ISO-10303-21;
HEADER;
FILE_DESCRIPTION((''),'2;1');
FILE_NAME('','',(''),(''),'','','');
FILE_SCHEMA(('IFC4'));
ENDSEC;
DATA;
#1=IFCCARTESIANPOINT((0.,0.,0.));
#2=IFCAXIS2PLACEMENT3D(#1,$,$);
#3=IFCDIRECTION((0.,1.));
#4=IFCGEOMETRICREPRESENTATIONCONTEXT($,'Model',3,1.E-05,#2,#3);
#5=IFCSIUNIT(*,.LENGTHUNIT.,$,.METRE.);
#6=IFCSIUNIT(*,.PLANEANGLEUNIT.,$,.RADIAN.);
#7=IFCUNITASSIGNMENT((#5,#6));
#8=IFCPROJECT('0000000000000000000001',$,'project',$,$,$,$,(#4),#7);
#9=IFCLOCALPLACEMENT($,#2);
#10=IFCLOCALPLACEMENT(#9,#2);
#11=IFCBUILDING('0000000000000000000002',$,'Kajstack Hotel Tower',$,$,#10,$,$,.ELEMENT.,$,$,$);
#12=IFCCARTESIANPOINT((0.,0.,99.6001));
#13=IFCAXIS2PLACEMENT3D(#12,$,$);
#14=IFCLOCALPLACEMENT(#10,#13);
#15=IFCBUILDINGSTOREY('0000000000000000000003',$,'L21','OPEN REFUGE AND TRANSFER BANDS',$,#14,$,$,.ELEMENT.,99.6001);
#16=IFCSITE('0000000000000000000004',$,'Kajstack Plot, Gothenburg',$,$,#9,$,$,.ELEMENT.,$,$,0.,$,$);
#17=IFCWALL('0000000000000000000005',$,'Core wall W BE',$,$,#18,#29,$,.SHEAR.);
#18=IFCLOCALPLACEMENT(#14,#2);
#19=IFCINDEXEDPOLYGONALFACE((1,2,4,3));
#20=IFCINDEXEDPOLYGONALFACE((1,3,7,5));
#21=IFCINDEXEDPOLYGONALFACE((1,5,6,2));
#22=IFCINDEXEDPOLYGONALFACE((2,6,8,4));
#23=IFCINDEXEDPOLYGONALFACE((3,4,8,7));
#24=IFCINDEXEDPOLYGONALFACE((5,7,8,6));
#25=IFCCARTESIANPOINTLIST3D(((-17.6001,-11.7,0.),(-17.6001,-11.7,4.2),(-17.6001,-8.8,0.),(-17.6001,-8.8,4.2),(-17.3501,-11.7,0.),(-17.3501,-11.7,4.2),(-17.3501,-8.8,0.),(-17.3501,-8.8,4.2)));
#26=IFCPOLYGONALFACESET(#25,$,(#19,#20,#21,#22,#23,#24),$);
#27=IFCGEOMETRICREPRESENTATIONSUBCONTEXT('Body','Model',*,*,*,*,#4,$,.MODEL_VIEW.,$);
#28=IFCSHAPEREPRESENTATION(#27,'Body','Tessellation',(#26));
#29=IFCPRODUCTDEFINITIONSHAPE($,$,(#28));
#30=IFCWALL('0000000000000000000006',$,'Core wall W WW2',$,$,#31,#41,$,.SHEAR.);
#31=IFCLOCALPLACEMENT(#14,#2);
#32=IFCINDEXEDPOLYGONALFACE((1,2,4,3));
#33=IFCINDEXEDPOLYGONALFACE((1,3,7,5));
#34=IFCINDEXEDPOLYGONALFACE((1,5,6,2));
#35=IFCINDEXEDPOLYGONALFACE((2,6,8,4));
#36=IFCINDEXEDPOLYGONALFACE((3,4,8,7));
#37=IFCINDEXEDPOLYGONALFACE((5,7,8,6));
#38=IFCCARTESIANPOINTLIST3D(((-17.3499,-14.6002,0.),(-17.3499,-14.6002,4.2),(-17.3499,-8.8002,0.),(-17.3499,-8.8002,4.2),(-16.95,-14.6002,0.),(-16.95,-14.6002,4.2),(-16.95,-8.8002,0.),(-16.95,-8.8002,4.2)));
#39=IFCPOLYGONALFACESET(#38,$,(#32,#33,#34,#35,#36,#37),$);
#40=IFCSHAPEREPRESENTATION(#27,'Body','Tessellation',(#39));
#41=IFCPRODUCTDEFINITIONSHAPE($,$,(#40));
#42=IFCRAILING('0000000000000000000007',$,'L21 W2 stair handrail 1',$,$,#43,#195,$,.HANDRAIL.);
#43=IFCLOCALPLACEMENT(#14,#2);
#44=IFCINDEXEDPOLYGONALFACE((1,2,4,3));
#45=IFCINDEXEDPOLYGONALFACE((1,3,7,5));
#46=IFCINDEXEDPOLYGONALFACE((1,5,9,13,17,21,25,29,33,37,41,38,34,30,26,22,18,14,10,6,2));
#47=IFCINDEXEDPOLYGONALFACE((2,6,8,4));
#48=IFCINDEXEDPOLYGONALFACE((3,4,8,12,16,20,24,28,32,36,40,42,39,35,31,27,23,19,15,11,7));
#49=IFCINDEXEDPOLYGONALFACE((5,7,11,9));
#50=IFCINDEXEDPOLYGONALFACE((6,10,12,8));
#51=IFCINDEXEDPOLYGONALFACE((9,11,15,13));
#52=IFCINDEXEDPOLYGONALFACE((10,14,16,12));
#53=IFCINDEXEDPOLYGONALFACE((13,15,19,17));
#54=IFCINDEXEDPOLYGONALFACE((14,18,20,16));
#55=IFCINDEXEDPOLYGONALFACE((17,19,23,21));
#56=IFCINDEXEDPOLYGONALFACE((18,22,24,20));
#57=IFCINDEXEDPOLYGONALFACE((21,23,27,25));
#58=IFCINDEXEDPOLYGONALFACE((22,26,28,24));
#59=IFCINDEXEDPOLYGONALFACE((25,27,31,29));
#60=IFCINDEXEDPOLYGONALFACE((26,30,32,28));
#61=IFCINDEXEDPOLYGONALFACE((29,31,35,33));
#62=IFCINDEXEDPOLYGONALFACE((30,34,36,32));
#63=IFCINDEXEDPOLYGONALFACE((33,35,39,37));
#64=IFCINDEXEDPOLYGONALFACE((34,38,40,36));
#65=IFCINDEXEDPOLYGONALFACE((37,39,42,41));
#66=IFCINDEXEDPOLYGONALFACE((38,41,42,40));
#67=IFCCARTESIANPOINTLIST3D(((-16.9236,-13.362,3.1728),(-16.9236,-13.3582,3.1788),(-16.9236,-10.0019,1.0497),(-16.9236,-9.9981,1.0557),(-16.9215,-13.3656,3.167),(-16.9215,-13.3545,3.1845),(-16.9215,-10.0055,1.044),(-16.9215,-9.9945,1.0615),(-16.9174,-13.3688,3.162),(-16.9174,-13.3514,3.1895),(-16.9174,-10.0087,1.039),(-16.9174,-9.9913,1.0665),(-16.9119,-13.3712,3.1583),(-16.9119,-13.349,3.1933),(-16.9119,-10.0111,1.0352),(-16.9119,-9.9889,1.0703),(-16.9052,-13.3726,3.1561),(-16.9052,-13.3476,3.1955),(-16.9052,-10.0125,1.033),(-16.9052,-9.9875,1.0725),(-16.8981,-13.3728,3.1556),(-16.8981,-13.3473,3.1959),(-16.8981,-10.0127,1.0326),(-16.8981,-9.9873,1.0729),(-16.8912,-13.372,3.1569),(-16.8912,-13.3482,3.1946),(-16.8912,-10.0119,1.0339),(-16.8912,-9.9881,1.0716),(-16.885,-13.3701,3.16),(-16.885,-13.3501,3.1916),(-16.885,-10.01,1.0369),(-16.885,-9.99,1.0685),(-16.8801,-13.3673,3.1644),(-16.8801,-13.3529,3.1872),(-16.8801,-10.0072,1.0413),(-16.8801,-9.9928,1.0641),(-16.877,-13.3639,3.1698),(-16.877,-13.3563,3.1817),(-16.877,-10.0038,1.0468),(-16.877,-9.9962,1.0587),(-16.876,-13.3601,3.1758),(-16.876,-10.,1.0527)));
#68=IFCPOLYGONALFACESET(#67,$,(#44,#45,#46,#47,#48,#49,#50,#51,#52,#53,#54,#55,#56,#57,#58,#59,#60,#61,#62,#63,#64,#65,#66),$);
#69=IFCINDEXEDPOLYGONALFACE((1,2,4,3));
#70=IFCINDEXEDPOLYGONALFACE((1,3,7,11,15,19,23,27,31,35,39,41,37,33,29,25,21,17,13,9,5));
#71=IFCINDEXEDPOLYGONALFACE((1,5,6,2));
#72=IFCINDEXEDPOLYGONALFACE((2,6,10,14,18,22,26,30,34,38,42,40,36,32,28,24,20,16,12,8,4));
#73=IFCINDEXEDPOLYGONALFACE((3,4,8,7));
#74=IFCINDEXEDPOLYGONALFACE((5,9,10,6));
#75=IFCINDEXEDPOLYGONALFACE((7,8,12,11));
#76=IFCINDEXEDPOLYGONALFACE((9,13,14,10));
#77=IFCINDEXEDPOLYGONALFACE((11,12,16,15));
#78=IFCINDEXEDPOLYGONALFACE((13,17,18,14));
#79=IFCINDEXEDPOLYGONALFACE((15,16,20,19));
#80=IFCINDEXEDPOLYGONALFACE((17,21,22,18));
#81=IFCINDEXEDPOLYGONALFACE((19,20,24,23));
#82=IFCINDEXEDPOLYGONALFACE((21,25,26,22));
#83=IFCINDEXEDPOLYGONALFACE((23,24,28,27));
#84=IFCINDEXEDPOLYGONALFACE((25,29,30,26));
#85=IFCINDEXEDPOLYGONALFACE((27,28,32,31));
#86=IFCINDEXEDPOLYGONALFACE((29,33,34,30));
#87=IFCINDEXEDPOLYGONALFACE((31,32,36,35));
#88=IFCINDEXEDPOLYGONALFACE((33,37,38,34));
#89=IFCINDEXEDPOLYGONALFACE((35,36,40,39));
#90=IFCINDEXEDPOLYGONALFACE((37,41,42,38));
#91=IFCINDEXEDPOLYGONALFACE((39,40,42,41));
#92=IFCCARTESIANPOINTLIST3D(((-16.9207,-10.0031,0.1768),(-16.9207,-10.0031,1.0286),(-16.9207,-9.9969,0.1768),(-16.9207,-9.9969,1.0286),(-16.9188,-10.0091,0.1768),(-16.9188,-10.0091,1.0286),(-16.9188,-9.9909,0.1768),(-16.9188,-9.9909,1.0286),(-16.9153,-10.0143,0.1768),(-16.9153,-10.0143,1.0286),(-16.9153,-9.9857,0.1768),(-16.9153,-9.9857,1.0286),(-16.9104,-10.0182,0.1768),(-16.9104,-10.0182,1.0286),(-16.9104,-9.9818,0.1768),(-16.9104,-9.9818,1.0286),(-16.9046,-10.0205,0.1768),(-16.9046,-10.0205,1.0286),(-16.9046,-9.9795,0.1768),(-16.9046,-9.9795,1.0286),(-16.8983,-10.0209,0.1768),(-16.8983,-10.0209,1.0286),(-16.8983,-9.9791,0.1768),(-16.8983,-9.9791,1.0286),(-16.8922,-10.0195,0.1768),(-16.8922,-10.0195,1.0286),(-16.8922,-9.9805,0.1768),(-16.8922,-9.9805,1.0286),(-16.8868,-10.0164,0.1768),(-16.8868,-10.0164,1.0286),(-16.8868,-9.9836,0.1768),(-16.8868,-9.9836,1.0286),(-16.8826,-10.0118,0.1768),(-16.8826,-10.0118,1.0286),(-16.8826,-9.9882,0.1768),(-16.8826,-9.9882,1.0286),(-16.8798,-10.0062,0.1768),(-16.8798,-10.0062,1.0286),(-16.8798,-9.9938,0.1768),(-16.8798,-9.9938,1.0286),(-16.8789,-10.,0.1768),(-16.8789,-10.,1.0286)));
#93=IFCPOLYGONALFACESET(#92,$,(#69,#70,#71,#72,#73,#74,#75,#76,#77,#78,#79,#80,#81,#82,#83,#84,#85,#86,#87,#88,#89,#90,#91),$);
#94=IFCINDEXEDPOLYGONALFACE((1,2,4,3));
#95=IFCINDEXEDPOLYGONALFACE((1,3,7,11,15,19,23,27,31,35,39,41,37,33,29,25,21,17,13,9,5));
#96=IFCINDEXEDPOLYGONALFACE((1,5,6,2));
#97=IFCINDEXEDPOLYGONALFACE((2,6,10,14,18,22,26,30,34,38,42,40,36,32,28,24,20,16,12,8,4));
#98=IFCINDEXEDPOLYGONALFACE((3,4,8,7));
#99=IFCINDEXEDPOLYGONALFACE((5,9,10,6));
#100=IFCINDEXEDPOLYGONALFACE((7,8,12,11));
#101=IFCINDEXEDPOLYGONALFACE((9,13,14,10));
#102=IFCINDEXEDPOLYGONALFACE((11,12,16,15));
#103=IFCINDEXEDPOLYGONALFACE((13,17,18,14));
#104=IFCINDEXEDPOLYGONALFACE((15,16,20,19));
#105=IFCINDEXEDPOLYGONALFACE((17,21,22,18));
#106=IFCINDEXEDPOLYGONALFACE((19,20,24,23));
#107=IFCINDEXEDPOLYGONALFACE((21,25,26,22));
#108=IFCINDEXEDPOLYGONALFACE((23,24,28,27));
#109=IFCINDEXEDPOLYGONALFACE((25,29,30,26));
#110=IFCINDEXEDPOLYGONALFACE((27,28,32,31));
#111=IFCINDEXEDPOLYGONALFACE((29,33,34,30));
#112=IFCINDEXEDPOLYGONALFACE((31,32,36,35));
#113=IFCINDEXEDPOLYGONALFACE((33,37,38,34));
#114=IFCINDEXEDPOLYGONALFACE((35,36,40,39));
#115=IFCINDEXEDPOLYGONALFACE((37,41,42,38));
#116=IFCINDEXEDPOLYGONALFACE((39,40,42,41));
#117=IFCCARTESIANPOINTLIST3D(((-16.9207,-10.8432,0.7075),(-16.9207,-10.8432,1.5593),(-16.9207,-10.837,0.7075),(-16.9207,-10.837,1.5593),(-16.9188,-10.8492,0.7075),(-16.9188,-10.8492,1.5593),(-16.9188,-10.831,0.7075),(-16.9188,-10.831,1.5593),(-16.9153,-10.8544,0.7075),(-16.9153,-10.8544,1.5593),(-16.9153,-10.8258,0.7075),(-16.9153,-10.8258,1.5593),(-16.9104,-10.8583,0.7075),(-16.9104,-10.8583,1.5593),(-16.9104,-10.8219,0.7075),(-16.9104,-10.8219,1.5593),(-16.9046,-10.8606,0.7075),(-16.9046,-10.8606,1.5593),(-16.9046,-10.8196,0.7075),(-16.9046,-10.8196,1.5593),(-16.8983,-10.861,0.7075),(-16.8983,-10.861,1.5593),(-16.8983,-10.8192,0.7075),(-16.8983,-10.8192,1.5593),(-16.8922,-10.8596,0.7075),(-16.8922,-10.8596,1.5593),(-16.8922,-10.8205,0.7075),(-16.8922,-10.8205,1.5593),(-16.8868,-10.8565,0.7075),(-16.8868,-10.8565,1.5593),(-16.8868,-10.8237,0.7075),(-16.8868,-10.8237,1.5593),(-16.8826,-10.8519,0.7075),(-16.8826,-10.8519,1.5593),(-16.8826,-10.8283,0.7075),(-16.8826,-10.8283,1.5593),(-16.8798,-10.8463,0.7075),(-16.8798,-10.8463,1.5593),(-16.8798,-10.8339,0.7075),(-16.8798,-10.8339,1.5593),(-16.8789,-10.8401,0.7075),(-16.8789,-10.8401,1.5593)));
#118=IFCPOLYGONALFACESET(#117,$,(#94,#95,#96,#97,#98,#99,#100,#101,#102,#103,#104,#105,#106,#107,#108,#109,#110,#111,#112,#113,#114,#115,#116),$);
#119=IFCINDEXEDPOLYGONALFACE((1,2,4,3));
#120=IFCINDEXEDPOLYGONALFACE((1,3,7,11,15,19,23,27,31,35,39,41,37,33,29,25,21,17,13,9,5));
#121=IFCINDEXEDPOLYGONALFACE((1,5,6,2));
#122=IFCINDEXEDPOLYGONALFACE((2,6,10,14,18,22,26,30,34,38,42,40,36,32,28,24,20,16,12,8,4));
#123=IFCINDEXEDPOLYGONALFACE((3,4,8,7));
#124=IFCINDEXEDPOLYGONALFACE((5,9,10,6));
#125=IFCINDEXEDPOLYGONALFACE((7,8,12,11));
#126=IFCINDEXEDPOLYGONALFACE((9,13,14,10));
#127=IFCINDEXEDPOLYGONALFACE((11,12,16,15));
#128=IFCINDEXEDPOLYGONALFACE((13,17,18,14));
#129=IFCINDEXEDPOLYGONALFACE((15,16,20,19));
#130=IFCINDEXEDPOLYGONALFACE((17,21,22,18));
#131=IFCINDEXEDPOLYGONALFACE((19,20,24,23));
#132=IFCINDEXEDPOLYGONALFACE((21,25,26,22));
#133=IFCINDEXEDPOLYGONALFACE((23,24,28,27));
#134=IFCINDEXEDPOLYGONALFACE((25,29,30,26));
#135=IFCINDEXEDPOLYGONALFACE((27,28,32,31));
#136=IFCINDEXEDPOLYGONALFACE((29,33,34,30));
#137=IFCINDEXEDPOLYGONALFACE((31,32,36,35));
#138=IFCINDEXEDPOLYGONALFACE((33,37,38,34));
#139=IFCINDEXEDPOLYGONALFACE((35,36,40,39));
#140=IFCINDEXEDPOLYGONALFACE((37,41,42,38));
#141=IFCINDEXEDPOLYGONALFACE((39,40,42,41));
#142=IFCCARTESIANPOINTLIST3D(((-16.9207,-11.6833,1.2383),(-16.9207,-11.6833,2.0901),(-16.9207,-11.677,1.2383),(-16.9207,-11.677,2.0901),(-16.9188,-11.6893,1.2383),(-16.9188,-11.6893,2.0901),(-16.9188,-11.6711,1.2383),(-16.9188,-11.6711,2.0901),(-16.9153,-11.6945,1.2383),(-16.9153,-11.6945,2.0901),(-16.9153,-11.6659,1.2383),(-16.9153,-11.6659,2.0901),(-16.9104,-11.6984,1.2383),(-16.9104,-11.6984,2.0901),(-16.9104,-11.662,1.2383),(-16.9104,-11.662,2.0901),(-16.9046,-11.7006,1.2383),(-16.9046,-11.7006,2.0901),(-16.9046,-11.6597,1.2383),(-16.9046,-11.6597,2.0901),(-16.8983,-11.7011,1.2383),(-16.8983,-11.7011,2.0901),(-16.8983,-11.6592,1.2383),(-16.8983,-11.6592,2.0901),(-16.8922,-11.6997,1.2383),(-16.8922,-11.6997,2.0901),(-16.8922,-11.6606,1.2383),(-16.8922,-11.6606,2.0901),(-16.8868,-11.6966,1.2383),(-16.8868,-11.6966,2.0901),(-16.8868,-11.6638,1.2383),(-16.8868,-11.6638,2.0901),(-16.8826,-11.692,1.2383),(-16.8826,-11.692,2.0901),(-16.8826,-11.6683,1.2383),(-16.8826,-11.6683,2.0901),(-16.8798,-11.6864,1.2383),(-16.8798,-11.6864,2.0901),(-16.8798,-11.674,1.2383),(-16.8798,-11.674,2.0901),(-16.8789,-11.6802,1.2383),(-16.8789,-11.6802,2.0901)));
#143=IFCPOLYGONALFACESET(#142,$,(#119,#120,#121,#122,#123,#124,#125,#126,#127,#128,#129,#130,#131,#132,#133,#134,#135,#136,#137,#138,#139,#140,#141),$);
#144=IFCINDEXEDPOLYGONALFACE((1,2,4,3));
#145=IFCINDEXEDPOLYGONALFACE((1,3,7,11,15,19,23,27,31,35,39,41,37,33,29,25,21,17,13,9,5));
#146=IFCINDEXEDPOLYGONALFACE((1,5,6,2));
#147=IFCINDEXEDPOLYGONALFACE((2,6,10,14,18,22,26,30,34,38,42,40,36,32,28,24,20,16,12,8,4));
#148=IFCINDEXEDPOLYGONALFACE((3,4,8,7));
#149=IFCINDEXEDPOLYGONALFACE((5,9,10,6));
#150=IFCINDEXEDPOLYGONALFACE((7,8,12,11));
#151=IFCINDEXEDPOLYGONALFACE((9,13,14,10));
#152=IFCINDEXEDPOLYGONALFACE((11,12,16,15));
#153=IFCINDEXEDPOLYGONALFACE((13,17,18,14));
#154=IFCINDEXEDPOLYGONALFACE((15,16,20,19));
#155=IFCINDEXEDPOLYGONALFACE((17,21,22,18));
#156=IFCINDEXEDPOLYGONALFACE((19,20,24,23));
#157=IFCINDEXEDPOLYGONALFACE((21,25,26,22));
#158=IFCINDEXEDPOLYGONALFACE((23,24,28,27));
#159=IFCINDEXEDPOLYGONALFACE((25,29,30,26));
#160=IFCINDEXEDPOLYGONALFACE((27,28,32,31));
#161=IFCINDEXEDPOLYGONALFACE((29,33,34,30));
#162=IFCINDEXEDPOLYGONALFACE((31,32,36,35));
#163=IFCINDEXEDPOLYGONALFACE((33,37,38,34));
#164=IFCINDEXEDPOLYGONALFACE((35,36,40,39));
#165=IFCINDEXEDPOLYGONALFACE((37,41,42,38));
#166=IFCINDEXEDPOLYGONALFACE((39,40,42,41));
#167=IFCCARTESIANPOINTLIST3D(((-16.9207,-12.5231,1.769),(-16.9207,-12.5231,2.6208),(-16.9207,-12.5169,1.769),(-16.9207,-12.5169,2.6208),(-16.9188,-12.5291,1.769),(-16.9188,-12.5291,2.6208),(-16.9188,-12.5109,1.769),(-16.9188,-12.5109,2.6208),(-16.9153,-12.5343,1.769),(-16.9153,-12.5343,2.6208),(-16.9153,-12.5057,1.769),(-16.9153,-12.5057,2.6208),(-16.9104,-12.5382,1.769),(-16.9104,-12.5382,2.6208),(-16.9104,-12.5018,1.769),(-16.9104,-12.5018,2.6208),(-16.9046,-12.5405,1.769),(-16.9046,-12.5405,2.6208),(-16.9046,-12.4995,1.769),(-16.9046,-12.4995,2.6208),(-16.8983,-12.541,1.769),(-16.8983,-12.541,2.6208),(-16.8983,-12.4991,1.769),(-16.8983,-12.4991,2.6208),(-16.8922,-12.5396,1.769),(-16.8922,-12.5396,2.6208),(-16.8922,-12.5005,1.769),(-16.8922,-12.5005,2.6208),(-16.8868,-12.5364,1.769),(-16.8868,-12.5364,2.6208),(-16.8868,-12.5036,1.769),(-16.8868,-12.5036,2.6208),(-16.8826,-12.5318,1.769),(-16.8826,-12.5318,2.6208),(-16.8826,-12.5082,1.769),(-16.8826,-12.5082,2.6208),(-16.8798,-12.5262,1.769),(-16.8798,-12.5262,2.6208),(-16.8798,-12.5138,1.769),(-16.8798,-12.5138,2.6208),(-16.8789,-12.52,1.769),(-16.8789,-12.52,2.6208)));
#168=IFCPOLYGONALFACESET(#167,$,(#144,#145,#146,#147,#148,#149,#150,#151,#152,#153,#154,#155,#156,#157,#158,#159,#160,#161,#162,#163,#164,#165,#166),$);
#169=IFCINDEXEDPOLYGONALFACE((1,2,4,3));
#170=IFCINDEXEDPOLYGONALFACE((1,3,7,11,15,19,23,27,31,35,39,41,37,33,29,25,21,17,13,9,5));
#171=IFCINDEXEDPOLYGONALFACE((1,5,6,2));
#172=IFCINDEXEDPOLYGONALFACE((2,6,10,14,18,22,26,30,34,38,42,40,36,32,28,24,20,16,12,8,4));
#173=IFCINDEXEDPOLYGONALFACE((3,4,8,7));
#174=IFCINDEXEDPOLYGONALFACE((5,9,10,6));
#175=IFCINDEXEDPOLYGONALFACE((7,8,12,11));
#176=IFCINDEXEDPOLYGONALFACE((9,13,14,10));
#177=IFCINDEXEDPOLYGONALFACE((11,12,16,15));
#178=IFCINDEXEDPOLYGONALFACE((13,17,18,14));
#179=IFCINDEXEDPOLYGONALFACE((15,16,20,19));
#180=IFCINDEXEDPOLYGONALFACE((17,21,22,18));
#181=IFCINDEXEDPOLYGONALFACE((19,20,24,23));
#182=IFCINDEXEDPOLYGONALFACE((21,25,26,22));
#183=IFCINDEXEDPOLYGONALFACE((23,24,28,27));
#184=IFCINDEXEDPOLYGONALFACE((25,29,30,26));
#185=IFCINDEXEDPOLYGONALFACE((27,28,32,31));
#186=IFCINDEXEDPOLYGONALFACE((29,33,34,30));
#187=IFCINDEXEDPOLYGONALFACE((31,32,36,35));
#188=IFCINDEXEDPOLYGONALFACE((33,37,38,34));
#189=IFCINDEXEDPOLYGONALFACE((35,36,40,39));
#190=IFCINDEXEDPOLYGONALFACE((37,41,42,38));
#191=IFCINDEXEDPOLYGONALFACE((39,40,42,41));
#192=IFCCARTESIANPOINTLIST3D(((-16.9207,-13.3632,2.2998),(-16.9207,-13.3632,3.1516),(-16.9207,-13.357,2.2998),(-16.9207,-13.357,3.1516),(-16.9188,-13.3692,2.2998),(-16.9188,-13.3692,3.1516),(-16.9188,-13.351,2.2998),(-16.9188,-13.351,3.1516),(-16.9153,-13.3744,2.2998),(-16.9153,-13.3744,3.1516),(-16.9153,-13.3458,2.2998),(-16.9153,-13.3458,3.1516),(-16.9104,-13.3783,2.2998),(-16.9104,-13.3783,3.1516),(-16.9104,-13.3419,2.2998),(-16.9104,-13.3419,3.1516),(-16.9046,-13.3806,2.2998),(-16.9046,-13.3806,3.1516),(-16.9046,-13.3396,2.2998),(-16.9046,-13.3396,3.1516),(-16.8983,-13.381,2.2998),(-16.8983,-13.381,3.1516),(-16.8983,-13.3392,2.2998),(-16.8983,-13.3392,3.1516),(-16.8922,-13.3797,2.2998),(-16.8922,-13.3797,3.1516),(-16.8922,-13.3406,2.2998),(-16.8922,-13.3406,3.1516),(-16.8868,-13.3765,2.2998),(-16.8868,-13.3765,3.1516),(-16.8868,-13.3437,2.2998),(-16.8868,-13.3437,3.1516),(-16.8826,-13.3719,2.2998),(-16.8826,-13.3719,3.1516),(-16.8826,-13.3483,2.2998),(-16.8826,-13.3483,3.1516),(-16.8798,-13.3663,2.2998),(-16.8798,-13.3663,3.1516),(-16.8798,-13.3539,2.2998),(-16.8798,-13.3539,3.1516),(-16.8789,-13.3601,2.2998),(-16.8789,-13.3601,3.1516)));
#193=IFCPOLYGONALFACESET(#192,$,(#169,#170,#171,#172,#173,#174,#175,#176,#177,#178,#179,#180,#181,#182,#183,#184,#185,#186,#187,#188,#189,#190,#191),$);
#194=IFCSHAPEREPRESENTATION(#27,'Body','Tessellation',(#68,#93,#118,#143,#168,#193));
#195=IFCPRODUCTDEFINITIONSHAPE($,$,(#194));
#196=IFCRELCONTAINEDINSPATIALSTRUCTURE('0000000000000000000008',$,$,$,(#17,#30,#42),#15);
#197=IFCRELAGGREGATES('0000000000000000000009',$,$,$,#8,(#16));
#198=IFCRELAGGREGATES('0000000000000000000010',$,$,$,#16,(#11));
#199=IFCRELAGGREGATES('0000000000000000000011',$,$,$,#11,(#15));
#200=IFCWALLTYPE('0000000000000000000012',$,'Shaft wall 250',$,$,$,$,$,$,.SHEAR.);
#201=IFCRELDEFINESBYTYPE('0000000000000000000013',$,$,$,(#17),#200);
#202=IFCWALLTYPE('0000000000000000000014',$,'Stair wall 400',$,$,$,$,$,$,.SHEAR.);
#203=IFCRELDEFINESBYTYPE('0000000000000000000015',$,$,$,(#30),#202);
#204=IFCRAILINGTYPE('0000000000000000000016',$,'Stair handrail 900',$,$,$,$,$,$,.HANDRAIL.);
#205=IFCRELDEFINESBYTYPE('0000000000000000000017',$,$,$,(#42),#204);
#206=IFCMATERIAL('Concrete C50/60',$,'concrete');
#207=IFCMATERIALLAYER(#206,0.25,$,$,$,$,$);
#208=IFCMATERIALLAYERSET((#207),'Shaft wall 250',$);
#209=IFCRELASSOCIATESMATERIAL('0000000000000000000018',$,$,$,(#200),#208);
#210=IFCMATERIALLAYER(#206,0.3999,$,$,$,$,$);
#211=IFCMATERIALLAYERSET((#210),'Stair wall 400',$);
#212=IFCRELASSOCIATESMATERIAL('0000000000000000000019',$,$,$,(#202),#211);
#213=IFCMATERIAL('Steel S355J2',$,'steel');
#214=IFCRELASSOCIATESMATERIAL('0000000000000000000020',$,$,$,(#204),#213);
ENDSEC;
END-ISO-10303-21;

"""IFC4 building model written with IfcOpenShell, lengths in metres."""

from ifc_helpers import new_model, si_unit, direction, frame, frame_2d, origin, origin_2d, place, context, subcontext, project, spatial, rectangle, circle, extrude, material, layer, layer_set, type_object, element, save


model = new_model("IFC4")

# Units and contexts
model_context = context("Model", 3, precision=1e-05, world=origin(), true_north=direction((0.0, 1.0)))
body_context = subcontext(model_context, "Body", "Model", "MODEL_VIEW")
ifc_project = project(units=[si_unit("LENGTHUNIT", "METRE"), si_unit("PLANEANGLEUNIT", "RADIAN")], contexts=[model_context])

# Site, building, storey
site_placement = place(None, origin())
site = spatial("IfcSite", under=ifc_project, at=site_placement, Name="Kajstack Plot, Gothenburg", CompositionType="ELEMENT", RefElevation=0.0)
building_placement = place(site_placement, origin())
building = spatial("IfcBuilding", under=site, at=building_placement, Name="Kajstack Hotel Tower", CompositionType="ELEMENT")
storey_placement = place(building_placement, frame((0.0, 0.0, 99.6001)))
storey = spatial("IfcBuildingStorey", under=building, at=storey_placement, Name="L21", Description="OPEN REFUGE AND TRANSFER BANDS", CompositionType="ELEMENT", Elevation=99.6001)

# Shared definitions
ifc_material_1 = material(Name="Steel S355J2", Category="steel")

# Walls
ifc_material_2 = material(Name="Concrete C50/60", Category="concrete")
ifc_layer_1 = layer(ifc_material_2, 0.25)
ifc_layer_set_1 = layer_set([ifc_layer_1], Name="Shaft wall 250")
wall_type_1 = type_object("IfcWallType", Name="Shaft wall 250", PredefinedType="SHEAR", material=ifc_layer_set_1)
wall_1_placement = place(storey_placement, frame((-17.4751, -11.7, 0.0), z_axis=(0.0, 0.0, 1.0), x_axis=(0.0, 1.0, 0.0)))
element("IfcWall", 1, at=wall_1_placement, inside=storey, type_object=wall_type_1, Name="Core wall W BE", PredefinedType="SHEAR", context=body_context, shape_type="SweptSolid", body=[
    extrude(rectangle(XDim=2.8999, YDim=0.25, at=frame_2d((1.45, 0.0))), origin(), (0.0, 0.0, 1.0), 4.2),
])
ifc_layer_2 = layer(ifc_material_2, 0.3999)
ifc_layer_set_2 = layer_set([ifc_layer_2], Name="Stair wall 400")
wall_type_2 = type_object("IfcWallType", Name="Stair wall 400", PredefinedType="SHEAR", material=ifc_layer_set_2)
wall_2_placement = place(storey_placement, frame((-17.1499, -14.6001, 0.0), z_axis=(0.0, 0.0, 1.0), x_axis=(0.0, 1.0, 0.0)))
element("IfcWall", 2, at=wall_2_placement, inside=storey, type_object=wall_type_2, Name="Core wall W WW2", PredefinedType="SHEAR", context=body_context, shape_type="SweptSolid", body=[
    extrude(rectangle(XDim=5.8, YDim=0.3999, at=frame_2d((2.8999, 0.0))), origin(), (0.0, 0.0, 1.0), 4.2),
])

# Railing
railing_type_1 = type_object("IfcRailingType", Name="Stair handrail 900", PredefinedType="HANDRAIL", material=ifc_material_1)
railing_1_placement = place(storey_placement, frame((-16.8999, -10.0, 0.1768)))
element("IfcRailing", 3, at=railing_1_placement, inside=storey, type_object=railing_type_1, Name="L21 W2 stair handrail 1", PredefinedType="HANDRAIL", context=body_context, shape_type="SweptSolid", body=[
    extrude(circle(Radius=0.0239, at=origin_2d()), frame((0.0, 0.0, 0.876), z_axis=(0.0, -0.84539, 0.53415), x_axis=(1.0, 0.0, 0.0)), (0.0, 0.0, 1.0), 3.9746),
    extrude(circle(Radius=0.021, at=origin_2d()), origin(), (0.0, 0.0, 1.0), 0.8518),
    extrude(circle(Radius=0.021, at=origin_2d()), frame((0.0, -0.8401, 0.5308)), (0.0, 0.0, 1.0), 0.8518),
    extrude(circle(Radius=0.021, at=origin_2d()), frame((0.0, -1.6802, 1.0615)), (0.0, 0.0, 1.0), 0.8518),
    extrude(circle(Radius=0.021, at=origin_2d()), frame((0.0, -2.52, 1.5923)), (0.0, 0.0, 1.0), 0.8518),
    extrude(circle(Radius=0.021, at=origin_2d()), frame((0.0, -3.3601, 2.123)), (0.0, 0.0, 1.0), 0.8518),
])

save(model, "model.ifc")
